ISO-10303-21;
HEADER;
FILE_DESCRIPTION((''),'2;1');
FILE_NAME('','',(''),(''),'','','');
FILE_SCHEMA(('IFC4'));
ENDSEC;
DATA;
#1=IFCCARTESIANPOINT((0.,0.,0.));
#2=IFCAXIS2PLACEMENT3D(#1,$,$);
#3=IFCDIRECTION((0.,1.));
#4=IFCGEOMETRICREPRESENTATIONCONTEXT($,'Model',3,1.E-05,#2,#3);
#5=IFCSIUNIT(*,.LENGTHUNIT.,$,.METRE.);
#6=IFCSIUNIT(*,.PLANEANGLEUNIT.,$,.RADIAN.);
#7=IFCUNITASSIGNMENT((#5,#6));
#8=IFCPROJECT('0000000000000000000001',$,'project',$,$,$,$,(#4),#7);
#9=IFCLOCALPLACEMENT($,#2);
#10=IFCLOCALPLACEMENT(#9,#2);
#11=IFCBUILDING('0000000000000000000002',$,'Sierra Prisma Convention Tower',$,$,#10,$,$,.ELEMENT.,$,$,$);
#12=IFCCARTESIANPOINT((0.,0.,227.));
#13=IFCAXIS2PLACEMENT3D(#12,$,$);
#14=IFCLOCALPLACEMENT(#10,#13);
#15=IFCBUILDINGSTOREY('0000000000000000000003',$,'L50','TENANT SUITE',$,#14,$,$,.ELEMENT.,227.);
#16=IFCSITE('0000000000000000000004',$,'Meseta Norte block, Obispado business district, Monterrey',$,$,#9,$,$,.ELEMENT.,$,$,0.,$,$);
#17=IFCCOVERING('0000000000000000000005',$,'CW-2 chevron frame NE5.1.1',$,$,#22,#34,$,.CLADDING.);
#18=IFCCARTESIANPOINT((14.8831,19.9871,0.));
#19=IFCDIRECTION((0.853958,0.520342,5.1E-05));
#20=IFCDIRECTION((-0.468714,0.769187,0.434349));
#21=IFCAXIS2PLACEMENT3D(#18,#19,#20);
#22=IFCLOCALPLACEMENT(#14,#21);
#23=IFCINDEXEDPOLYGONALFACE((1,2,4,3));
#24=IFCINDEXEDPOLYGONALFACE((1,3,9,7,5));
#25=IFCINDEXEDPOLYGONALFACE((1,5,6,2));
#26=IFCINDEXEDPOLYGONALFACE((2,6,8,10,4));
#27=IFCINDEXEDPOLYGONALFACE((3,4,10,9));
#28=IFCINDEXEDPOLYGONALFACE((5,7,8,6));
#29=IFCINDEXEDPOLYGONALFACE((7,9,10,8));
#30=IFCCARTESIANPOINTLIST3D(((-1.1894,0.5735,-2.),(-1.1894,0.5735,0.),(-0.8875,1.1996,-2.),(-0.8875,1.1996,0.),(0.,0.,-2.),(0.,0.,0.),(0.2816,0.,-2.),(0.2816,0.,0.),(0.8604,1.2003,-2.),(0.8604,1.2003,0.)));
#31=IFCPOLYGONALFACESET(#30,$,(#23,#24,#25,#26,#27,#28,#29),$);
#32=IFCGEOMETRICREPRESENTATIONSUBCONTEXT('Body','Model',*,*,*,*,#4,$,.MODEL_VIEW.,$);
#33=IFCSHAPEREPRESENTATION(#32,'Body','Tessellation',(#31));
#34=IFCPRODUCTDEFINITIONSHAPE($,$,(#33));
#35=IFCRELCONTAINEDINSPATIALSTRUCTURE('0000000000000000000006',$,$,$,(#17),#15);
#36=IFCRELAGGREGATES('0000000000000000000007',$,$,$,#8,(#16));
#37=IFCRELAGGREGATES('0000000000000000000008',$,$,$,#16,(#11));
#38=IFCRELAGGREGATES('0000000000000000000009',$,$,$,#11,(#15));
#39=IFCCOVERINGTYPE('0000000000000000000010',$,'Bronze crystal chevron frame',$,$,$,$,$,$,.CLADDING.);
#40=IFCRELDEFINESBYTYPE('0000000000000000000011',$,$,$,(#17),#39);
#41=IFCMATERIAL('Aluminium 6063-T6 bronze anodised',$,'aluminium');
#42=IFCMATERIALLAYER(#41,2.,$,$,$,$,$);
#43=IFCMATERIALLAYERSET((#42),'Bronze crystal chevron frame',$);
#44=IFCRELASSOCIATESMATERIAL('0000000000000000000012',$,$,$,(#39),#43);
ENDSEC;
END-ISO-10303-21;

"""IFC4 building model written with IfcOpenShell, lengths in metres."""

from ifc_helpers import new_model, si_unit, direction, frame, origin, place, context, subcontext, project, spatial, polyline, outline, extrude, material, layer, layer_set, type_object, element, save


model = new_model("IFC4")

# Units and contexts
model_context = context("Model", 3, precision=1e-05, world=origin(), true_north=direction((0.0, 1.0)))
body_context = subcontext(model_context, "Body", "Model", "MODEL_VIEW")
ifc_project = project(units=[si_unit("LENGTHUNIT", "METRE"), si_unit("PLANEANGLEUNIT", "RADIAN")], contexts=[model_context])

# Site, building, storey
site_placement = place(None, origin())
site = spatial("IfcSite", under=ifc_project, at=site_placement, Name="Meseta Norte block, Obispado business district, Monterrey", CompositionType="ELEMENT", RefElevation=0.0)
building_placement = place(site_placement, origin())
building = spatial("IfcBuilding", under=site, at=building_placement, Name="Sierra Prisma Convention Tower", CompositionType="ELEMENT")
storey_placement = place(building_placement, frame((0.0, 0.0, 227.0)))
storey = spatial("IfcBuildingStorey", under=building, at=storey_placement, Name="L50", Description="TENANT SUITE", CompositionType="ELEMENT", Elevation=227.0)

# Covering
ifc_material_1 = material(Name="Aluminium 6063-T6 bronze anodised", Category="aluminium")
ifc_layer_1 = layer(ifc_material_1, 2.0)
ifc_layer_set_1 = layer_set([ifc_layer_1], Name="Bronze crystal chevron frame")
covering_type = type_object("IfcCoveringType", Name="Bronze crystal chevron frame", PredefinedType="CLADDING", material=ifc_layer_set_1)
covering_1_placement = place(storey_placement, frame((14.8831, 19.9871, 0.0), z_axis=(0.853958, 0.520342, 0.000051), x_axis=(-0.468714, 0.769187, 0.434349)))
element("IfcCovering", 1, at=covering_1_placement, inside=storey, type_object=covering_type, Name="CW-2 chevron frame NE5.1.1", PredefinedType="CLADDING", context=body_context, shape_type="SweptSolid", body=[
    extrude(outline(polyline([(0.0, 0.0), (0.2816, 0.0), (0.8604, 1.2003), (-0.8875, 1.1996), (-1.1894, 0.5735), (0.0, 0.0)])), origin(), (0.0, 0.0, -1.0), 2.0),
])

save(model, "model.ifc")
